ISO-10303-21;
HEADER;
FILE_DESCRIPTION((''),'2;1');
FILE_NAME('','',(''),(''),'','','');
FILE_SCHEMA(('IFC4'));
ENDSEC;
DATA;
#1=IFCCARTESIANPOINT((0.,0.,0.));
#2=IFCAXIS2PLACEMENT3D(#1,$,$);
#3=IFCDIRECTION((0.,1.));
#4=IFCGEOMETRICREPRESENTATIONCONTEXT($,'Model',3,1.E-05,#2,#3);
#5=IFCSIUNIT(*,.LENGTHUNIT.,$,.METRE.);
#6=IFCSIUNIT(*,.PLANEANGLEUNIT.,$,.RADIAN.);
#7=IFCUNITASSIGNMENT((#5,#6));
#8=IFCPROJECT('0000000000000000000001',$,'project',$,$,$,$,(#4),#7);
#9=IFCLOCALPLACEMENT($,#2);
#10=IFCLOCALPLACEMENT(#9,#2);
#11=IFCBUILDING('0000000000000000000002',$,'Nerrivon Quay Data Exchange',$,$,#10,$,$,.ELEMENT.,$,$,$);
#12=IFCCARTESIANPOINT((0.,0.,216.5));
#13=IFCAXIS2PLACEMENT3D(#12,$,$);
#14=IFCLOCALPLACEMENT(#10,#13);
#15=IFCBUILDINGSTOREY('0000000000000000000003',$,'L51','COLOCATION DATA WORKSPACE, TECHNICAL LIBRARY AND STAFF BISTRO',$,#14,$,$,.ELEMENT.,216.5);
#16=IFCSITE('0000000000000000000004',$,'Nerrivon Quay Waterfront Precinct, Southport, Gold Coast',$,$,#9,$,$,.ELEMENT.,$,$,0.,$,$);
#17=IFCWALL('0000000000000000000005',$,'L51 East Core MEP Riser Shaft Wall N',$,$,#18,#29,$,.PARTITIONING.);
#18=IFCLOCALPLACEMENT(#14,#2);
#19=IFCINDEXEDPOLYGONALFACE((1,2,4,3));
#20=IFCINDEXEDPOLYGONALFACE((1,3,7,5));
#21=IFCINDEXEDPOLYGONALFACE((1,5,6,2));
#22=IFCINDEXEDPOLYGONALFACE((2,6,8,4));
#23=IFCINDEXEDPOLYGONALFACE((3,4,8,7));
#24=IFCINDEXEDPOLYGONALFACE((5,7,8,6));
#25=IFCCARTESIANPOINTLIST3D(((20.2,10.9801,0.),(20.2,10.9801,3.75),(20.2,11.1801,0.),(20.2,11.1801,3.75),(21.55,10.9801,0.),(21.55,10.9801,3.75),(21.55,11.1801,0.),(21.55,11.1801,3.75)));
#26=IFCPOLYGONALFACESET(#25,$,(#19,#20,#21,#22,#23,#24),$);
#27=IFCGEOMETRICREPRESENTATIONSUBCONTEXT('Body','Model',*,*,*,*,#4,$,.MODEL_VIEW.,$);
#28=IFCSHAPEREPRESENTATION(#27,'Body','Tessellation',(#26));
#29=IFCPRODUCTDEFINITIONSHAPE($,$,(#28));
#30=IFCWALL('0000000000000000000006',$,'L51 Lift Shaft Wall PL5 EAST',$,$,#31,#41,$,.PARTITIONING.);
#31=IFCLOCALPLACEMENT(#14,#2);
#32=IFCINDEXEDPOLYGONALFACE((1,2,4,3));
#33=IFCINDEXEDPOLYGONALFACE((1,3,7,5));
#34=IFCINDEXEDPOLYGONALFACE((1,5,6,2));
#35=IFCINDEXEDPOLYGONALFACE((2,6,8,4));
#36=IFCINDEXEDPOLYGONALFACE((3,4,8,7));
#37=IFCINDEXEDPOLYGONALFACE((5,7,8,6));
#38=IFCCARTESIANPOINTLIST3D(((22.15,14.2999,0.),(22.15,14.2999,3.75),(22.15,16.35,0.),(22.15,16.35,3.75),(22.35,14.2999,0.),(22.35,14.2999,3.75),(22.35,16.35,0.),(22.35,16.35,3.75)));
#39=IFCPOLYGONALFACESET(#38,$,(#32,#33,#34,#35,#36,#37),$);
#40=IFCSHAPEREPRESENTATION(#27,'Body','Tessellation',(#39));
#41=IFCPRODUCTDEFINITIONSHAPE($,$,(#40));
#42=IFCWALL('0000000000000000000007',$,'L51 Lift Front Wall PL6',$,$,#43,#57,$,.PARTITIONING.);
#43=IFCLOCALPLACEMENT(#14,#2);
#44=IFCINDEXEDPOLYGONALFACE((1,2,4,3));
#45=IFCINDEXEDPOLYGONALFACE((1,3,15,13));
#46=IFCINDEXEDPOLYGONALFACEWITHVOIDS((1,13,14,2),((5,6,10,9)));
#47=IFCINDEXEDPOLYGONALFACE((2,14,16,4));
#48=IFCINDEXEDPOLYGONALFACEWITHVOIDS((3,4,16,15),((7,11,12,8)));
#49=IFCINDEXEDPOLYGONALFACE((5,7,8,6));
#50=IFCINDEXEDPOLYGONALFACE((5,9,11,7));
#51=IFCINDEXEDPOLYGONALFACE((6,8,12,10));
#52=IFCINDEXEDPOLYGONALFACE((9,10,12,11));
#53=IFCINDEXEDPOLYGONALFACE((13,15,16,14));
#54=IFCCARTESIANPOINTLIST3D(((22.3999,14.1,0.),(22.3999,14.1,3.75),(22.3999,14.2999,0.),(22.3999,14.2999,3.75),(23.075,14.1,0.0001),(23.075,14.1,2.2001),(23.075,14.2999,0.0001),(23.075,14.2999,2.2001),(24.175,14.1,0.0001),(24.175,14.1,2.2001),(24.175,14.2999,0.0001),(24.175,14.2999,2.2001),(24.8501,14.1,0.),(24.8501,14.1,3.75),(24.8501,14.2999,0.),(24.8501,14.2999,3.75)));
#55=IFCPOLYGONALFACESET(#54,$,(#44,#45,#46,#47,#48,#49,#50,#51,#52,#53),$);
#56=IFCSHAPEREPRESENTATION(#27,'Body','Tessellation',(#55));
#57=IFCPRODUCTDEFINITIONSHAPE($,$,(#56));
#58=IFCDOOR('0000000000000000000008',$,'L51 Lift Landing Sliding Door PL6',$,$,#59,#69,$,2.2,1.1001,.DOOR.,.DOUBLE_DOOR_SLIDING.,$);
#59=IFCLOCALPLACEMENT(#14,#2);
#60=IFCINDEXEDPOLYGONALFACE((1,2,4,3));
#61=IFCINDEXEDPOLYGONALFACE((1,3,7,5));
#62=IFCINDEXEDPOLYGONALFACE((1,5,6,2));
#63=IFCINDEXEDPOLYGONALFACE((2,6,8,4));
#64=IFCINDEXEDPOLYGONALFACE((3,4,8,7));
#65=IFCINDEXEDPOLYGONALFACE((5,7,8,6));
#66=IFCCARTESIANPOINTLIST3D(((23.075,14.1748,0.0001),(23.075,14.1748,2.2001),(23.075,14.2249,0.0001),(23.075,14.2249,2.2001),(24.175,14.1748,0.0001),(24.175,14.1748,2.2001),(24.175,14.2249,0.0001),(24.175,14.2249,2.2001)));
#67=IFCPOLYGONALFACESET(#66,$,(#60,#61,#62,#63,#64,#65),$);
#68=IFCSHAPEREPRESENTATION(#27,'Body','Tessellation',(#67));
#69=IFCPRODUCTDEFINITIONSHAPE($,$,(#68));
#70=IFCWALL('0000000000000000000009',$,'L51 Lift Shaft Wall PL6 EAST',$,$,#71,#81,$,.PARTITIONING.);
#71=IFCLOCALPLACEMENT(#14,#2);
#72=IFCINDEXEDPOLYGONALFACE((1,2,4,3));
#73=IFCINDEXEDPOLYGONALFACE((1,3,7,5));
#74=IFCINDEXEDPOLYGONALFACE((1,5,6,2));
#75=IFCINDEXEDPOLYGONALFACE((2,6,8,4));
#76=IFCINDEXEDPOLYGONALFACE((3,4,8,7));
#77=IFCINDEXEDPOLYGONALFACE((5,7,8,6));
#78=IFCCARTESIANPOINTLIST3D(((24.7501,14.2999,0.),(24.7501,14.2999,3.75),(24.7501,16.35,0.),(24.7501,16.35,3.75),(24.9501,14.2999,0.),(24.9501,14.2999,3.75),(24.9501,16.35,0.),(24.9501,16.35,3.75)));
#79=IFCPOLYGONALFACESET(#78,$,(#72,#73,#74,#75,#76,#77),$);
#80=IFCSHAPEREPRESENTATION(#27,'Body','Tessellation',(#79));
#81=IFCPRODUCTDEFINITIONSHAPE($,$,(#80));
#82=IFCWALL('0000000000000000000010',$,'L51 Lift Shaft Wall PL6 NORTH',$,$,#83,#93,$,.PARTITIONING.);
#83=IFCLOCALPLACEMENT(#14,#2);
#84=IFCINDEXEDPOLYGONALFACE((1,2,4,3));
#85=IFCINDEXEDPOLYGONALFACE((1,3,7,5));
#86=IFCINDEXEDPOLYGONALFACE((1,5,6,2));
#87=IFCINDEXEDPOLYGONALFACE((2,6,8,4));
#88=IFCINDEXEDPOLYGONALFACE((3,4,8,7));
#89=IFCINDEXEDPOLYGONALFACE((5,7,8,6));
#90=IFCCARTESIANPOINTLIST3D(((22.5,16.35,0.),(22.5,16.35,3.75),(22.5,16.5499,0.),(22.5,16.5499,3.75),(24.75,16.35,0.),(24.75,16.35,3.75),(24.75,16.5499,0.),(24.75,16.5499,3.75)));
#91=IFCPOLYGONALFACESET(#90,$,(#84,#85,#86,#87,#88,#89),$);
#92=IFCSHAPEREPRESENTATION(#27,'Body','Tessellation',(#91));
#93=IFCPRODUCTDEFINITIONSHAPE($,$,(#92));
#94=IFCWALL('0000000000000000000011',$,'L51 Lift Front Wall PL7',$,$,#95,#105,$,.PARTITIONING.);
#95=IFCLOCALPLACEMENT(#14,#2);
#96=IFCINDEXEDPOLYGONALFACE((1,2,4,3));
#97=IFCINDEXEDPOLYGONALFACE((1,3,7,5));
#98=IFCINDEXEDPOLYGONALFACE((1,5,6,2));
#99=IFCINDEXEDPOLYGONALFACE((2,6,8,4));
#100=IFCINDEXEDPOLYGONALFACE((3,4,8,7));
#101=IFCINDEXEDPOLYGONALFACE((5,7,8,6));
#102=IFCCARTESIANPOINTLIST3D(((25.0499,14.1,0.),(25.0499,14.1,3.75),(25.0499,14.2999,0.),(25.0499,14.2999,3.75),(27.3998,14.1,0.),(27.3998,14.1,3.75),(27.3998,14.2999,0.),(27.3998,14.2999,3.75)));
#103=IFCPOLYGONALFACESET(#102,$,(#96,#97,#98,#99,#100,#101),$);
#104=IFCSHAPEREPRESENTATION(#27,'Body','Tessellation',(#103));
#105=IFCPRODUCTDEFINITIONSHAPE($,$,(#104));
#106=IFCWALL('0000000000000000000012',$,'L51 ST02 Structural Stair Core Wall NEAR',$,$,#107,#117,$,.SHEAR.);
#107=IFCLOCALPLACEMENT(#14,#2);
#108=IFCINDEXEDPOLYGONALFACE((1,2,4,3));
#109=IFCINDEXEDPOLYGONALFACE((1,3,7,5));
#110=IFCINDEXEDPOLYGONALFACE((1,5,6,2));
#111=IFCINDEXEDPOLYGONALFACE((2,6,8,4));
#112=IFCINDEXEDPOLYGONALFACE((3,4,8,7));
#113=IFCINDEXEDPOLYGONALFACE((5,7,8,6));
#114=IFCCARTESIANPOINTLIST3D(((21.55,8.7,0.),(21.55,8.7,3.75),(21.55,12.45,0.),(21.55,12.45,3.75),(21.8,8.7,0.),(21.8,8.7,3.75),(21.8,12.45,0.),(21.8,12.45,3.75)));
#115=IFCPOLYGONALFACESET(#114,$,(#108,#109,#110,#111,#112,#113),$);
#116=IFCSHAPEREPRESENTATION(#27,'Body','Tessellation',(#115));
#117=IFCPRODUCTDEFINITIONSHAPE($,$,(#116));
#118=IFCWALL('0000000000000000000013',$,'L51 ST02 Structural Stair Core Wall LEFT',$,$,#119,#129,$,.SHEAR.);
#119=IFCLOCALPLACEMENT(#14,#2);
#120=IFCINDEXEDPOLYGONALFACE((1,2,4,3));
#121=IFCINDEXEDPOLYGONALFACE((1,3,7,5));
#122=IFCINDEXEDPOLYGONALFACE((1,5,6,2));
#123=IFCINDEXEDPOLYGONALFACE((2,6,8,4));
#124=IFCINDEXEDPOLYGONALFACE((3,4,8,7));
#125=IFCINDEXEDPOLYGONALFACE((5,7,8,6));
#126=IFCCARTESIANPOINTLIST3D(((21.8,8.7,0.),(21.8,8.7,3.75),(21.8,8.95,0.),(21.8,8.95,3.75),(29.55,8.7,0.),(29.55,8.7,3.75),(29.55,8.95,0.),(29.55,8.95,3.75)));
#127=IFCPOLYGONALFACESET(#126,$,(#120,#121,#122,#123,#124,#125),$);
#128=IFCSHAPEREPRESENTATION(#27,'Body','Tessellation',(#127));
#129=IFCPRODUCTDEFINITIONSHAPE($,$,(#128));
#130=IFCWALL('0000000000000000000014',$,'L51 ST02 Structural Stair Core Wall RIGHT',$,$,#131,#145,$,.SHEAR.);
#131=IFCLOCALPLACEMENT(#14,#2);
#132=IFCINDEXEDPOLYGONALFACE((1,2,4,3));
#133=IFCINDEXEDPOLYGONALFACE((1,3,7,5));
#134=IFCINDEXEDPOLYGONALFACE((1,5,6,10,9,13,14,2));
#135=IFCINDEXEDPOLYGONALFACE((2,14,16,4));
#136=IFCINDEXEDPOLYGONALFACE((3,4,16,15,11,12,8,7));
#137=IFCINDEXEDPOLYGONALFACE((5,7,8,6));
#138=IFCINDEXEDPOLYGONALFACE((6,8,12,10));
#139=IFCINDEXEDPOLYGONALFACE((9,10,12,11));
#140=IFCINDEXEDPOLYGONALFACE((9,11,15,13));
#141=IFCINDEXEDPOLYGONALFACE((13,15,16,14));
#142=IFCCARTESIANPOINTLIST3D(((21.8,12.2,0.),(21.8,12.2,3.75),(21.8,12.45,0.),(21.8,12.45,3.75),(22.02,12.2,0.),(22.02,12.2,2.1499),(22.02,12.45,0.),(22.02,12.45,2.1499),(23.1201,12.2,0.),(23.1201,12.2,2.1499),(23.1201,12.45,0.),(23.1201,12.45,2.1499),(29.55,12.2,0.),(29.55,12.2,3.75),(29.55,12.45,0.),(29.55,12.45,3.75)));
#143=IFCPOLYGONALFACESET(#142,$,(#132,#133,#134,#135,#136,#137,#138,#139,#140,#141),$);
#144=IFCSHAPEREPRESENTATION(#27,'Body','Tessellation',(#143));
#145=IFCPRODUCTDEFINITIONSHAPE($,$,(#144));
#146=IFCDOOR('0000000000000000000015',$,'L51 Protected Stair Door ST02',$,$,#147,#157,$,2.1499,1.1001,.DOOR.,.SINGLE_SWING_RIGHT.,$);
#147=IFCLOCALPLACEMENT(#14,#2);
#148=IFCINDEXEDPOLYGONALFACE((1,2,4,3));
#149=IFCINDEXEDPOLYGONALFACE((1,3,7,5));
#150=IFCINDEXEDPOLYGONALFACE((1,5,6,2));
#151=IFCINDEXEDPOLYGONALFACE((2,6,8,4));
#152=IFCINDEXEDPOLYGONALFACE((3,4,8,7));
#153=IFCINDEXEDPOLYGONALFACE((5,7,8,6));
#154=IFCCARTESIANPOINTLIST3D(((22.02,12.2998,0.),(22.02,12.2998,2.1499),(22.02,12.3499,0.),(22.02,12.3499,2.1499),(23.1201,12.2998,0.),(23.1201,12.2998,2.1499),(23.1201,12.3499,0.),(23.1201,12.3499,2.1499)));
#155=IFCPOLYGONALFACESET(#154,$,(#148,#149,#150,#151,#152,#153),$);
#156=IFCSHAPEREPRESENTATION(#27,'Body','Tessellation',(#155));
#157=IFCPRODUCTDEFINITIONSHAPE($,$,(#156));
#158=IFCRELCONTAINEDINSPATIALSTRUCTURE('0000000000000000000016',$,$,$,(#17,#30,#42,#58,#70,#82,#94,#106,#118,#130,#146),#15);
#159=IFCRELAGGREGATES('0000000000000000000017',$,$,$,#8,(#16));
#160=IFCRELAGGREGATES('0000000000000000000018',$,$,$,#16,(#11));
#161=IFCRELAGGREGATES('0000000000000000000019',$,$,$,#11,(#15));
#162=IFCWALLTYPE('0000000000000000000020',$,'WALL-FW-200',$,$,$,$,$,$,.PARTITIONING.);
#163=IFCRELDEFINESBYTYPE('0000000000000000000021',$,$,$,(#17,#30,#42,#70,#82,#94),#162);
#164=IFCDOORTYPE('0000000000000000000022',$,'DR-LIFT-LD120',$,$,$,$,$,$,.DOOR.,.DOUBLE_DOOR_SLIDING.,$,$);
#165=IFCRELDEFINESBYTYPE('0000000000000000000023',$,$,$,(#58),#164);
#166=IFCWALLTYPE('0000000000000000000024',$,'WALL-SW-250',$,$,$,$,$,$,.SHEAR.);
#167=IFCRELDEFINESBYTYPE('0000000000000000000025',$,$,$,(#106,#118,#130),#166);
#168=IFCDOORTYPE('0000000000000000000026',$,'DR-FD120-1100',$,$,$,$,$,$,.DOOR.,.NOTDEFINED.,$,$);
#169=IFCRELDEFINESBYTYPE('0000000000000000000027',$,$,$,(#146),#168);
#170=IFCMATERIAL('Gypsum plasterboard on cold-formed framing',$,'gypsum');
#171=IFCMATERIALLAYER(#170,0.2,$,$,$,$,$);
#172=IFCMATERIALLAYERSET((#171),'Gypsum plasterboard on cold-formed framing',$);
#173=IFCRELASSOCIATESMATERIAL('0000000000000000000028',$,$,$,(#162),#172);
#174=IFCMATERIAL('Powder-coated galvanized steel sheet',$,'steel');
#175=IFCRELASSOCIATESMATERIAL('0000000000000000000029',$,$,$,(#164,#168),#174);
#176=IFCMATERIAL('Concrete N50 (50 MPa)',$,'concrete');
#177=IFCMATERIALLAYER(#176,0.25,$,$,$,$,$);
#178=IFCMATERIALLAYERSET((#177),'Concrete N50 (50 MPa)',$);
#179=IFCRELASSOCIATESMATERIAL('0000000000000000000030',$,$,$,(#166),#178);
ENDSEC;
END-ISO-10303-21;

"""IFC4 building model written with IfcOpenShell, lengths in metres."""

from ifc_helpers import new_model, si_unit, direction, frame, frame_2d, origin, place, context, subcontext, project, spatial, rectangle, extrude, material, layer, layer_set, type_object, element, fill, save


model = new_model("IFC4")

# Units and contexts
model_context = context("Model", 3, precision=1e-05, world=origin(), true_north=direction((0.0, 1.0)))
body_context = subcontext(model_context, "Body", "Model", "MODEL_VIEW")
ifc_project = project(units=[si_unit("LENGTHUNIT", "METRE"), si_unit("PLANEANGLEUNIT", "RADIAN")], contexts=[model_context])

# Site, building, storey
site_placement = place(None, origin())
site = spatial("IfcSite", under=ifc_project, at=site_placement, Name="Nerrivon Quay Waterfront Precinct, Southport, Gold Coast", CompositionType="ELEMENT", RefElevation=0.0)
building_placement = place(site_placement, origin())
building = spatial("IfcBuilding", under=site, at=building_placement, Name="Nerrivon Quay Data Exchange", CompositionType="ELEMENT")
storey_placement = place(building_placement, frame((0.0, 0.0, 216.5)))
storey = spatial("IfcBuildingStorey", under=building, at=storey_placement, Name="L51", Description="COLOCATION DATA WORKSPACE, TECHNICAL LIBRARY AND STAFF BISTRO", CompositionType="ELEMENT", Elevation=216.5)

# Walls
ifc_material_1 = material(Name="Gypsum plasterboard on cold-formed framing", Category="gypsum")
ifc_layer_1 = layer(ifc_material_1, 0.2)
ifc_layer_set_1 = layer_set([ifc_layer_1], Name="Gypsum plasterboard on cold-formed framing")
wall_type_1 = type_object("IfcWallType", Name="WALL-FW-200", PredefinedType="PARTITIONING", material=ifc_layer_set_1)
wall_1_placement = place(storey_placement, frame((20.2, 11.0801, 0.0), z_axis=(0.0, 0.0, 1.0), x_axis=(1.0, 0.0, 0.0)))
element("IfcWall", 1, at=wall_1_placement, inside=storey, type_object=wall_type_1, Name="L51 East Core MEP Riser Shaft Wall N", PredefinedType="PARTITIONING", context=body_context, shape_type="SweptSolid", body=[
    extrude(rectangle(XDim=1.3501, YDim=0.2, at=frame_2d((0.675, 0.0))), origin(), (0.0, 0.0, 1.0), 3.75),
])
wall_2_placement = place(storey_placement, frame((22.25, 14.3, 0.0), z_axis=(0.0, 0.0, 1.0), x_axis=(0.0, 1.0, 0.0)))
element("IfcWall", 2, at=wall_2_placement, inside=storey, type_object=wall_type_1, Name="L51 Lift Shaft Wall PL5 EAST", PredefinedType="PARTITIONING", context=body_context, shape_type="SweptSolid", body=[
    extrude(rectangle(XDim=2.05, YDim=0.2, at=frame_2d((1.0249, 0.0))), origin(), (0.0, 0.0, 1.0), 3.75),
])

# Wall, opening, door
wall_3_placement = place(storey_placement, frame((22.3999, 14.2, 0.0), z_axis=(0.0, 0.0, 1.0), x_axis=(1.0, 0.0, 0.0)))
wall_3 = element("IfcWall", 3, at=wall_3_placement, inside=storey, type_object=wall_type_1, Name="L51 Lift Front Wall PL6", PredefinedType="PARTITIONING", context=body_context, shape_type="SweptSolid", body=[
    extrude(rectangle(XDim=2.4502, YDim=0.2, at=frame_2d((1.2251, 0.0))), origin(), (0.0, 0.0, 1.0), 3.75),
])
opening_1_placement = place(wall_3_placement, frame((0.675, 0.0, 0.0)))
opening_1 = element("IfcOpeningElement", 4, at=opening_1_placement, cuts=wall_3, PredefinedType="OPENING", context=body_context, shape_type="SweptSolid", body=[
    extrude(rectangle(XDim=1.1001, YDim=2.2, at=frame_2d((0.55, 1.1001))), frame((0.0, 0.1099, 0.0), z_axis=(0.0, -1.0, 0.0), x_axis=(1.0, 0.0, 0.0)), (0.0, 0.0, 1.0), 0.22),
])
ifc_material_2 = material(Name="Powder-coated galvanized steel sheet", Category="steel")
door_type_1 = type_object("IfcDoorType", Name="DR-LIFT-LD120", OperationType="DOUBLE_DOOR_SLIDING", PredefinedType="DOOR", material=ifc_material_2)
door_1_placement = place(opening_1_placement, origin())
door_1 = element("IfcDoor", 5, at=door_1_placement, inside=storey, type_object=door_type_1, Name="L51 Lift Landing Sliding Door PL6", OperationType="DOUBLE_DOOR_SLIDING", OverallHeight=2.2, OverallWidth=1.1001, PredefinedType="DOOR", context=body_context, shape_type="SweptSolid", body=[
    extrude(rectangle(XDim=1.1001, YDim=2.2, at=frame_2d((0.55, 1.1001))), frame((0.0, 0.0249, 0.0), z_axis=(0.0, -1.0, 0.0), x_axis=(1.0, 0.0, 0.0)), (0.0, 0.0, 1.0), 0.05),
])
fill(opening_1, door_1)

# Walls
wall_4_placement = place(storey_placement, frame((24.8501, 14.3, 0.0), z_axis=(0.0, 0.0, 1.0), x_axis=(0.0, 1.0, 0.0)))
element("IfcWall", 6, at=wall_4_placement, inside=storey, type_object=wall_type_1, Name="L51 Lift Shaft Wall PL6 EAST", PredefinedType="PARTITIONING", context=body_context, shape_type="SweptSolid", body=[
    extrude(rectangle(XDim=2.05, YDim=0.2, at=frame_2d((1.0249, 0.0))), origin(), (0.0, 0.0, 1.0), 3.75),
])
wall_5_placement = place(storey_placement, frame((22.5, 16.45, 0.0), z_axis=(0.0, 0.0, 1.0), x_axis=(1.0, 0.0, 0.0)))
element("IfcWall", 7, at=wall_5_placement, inside=storey, type_object=wall_type_1, Name="L51 Lift Shaft Wall PL6 NORTH", PredefinedType="PARTITIONING", context=body_context, shape_type="SweptSolid", body=[
    extrude(rectangle(XDim=2.25, YDim=0.2, at=frame_2d((1.125, 0.0))), origin(), (0.0, 0.0, 1.0), 3.75),
])
wall_6_placement = place(storey_placement, frame((25.05, 14.2, 0.0), z_axis=(0.0, 0.0, 1.0), x_axis=(1.0, 0.0, 0.0)))
element("IfcWall", 8, at=wall_6_placement, inside=storey, type_object=wall_type_1, Name="L51 Lift Front Wall PL7", PredefinedType="PARTITIONING", context=body_context, shape_type="SweptSolid", body=[
    extrude(rectangle(XDim=2.3499, YDim=0.2, at=frame_2d((1.1748, 0.0))), origin(), (0.0, 0.0, 1.0), 3.75),
])
ifc_material_3 = material(Name="Concrete N50 (50 MPa)", Category="concrete")
ifc_layer_2 = layer(ifc_material_3, 0.25)
ifc_layer_set_2 = layer_set([ifc_layer_2], Name="Concrete N50 (50 MPa)")
wall_type_2 = type_object("IfcWallType", Name="WALL-SW-250", PredefinedType="SHEAR", material=ifc_layer_set_2)
wall_7_placement = place(storey_placement, frame((21.675, 8.7, 0.0), z_axis=(0.0, 0.0, 1.0), x_axis=(0.0, 1.0, 0.0)))
element("IfcWall", 9, at=wall_7_placement, inside=storey, type_object=wall_type_2, Name="L51 ST02 Structural Stair Core Wall NEAR", PredefinedType="SHEAR", context=body_context, shape_type="SweptSolid", body=[
    extrude(rectangle(XDim=3.75, YDim=0.25, at=frame_2d((1.875, 0.0))), origin(), (0.0, 0.0, 1.0), 3.75),
])
wall_8_placement = place(storey_placement, frame((21.8, 8.825, 0.0), z_axis=(0.0, 0.0, 1.0), x_axis=(1.0, 0.0, 0.0)))
element("IfcWall", 10, at=wall_8_placement, inside=storey, type_object=wall_type_2, Name="L51 ST02 Structural Stair Core Wall LEFT", PredefinedType="SHEAR", context=body_context, shape_type="SweptSolid", body=[
    extrude(rectangle(XDim=7.75, YDim=0.25, at=frame_2d((3.875, 0.0))), origin(), (0.0, 0.0, 1.0), 3.75),
])

# Wall, opening, door
wall_9_placement = place(storey_placement, frame((21.8, 12.325, 0.0), z_axis=(0.0, 0.0, 1.0), x_axis=(1.0, 0.0, 0.0)))
wall_9 = element("IfcWall", 11, at=wall_9_placement, inside=storey, type_object=wall_type_2, Name="L51 ST02 Structural Stair Core Wall RIGHT", PredefinedType="SHEAR", context=body_context, shape_type="SweptSolid", body=[
    extrude(rectangle(XDim=7.75, YDim=0.25, at=frame_2d((3.875, 0.0))), origin(), (0.0, 0.0, 1.0), 3.75),
])
opening_2_placement = place(wall_9_placement, frame((0.22, 0.0, 0.0)))
opening_2 = element("IfcOpeningElement", 12, at=opening_2_placement, cuts=wall_9, PredefinedType="OPENING", context=body_context, shape_type="SweptSolid", body=[
    extrude(rectangle(XDim=1.1001, YDim=2.1499, at=frame_2d((0.55, 1.075))), frame((0.0, 0.135, 0.0), z_axis=(0.0, -1.0, 0.0), x_axis=(1.0, 0.0, 0.0)), (0.0, 0.0, 1.0), 0.27),
])
door_type_2 = type_object("IfcDoorType", Name="DR-FD120-1100", OperationType="NOTDEFINED", PredefinedType="DOOR", material=ifc_material_2)
door_2_placement = place(opening_2_placement, origin())
door_2 = element("IfcDoor", 13, at=door_2_placement, inside=storey, type_object=door_type_2, Name="L51 Protected Stair Door ST02", OperationType="SINGLE_SWING_RIGHT", OverallHeight=2.1499, OverallWidth=1.1001, PredefinedType="DOOR", context=body_context, shape_type="SweptSolid", body=[
    extrude(rectangle(XDim=1.1001, YDim=2.1499, at=frame_2d((0.55, 1.075))), frame((0.0, 0.0249, 0.0), z_axis=(0.0, -1.0, 0.0), x_axis=(1.0, 0.0, 0.0)), (0.0, 0.0, 1.0), 0.05),
])
fill(opening_2, door_2)

save(model, "model.ifc")
